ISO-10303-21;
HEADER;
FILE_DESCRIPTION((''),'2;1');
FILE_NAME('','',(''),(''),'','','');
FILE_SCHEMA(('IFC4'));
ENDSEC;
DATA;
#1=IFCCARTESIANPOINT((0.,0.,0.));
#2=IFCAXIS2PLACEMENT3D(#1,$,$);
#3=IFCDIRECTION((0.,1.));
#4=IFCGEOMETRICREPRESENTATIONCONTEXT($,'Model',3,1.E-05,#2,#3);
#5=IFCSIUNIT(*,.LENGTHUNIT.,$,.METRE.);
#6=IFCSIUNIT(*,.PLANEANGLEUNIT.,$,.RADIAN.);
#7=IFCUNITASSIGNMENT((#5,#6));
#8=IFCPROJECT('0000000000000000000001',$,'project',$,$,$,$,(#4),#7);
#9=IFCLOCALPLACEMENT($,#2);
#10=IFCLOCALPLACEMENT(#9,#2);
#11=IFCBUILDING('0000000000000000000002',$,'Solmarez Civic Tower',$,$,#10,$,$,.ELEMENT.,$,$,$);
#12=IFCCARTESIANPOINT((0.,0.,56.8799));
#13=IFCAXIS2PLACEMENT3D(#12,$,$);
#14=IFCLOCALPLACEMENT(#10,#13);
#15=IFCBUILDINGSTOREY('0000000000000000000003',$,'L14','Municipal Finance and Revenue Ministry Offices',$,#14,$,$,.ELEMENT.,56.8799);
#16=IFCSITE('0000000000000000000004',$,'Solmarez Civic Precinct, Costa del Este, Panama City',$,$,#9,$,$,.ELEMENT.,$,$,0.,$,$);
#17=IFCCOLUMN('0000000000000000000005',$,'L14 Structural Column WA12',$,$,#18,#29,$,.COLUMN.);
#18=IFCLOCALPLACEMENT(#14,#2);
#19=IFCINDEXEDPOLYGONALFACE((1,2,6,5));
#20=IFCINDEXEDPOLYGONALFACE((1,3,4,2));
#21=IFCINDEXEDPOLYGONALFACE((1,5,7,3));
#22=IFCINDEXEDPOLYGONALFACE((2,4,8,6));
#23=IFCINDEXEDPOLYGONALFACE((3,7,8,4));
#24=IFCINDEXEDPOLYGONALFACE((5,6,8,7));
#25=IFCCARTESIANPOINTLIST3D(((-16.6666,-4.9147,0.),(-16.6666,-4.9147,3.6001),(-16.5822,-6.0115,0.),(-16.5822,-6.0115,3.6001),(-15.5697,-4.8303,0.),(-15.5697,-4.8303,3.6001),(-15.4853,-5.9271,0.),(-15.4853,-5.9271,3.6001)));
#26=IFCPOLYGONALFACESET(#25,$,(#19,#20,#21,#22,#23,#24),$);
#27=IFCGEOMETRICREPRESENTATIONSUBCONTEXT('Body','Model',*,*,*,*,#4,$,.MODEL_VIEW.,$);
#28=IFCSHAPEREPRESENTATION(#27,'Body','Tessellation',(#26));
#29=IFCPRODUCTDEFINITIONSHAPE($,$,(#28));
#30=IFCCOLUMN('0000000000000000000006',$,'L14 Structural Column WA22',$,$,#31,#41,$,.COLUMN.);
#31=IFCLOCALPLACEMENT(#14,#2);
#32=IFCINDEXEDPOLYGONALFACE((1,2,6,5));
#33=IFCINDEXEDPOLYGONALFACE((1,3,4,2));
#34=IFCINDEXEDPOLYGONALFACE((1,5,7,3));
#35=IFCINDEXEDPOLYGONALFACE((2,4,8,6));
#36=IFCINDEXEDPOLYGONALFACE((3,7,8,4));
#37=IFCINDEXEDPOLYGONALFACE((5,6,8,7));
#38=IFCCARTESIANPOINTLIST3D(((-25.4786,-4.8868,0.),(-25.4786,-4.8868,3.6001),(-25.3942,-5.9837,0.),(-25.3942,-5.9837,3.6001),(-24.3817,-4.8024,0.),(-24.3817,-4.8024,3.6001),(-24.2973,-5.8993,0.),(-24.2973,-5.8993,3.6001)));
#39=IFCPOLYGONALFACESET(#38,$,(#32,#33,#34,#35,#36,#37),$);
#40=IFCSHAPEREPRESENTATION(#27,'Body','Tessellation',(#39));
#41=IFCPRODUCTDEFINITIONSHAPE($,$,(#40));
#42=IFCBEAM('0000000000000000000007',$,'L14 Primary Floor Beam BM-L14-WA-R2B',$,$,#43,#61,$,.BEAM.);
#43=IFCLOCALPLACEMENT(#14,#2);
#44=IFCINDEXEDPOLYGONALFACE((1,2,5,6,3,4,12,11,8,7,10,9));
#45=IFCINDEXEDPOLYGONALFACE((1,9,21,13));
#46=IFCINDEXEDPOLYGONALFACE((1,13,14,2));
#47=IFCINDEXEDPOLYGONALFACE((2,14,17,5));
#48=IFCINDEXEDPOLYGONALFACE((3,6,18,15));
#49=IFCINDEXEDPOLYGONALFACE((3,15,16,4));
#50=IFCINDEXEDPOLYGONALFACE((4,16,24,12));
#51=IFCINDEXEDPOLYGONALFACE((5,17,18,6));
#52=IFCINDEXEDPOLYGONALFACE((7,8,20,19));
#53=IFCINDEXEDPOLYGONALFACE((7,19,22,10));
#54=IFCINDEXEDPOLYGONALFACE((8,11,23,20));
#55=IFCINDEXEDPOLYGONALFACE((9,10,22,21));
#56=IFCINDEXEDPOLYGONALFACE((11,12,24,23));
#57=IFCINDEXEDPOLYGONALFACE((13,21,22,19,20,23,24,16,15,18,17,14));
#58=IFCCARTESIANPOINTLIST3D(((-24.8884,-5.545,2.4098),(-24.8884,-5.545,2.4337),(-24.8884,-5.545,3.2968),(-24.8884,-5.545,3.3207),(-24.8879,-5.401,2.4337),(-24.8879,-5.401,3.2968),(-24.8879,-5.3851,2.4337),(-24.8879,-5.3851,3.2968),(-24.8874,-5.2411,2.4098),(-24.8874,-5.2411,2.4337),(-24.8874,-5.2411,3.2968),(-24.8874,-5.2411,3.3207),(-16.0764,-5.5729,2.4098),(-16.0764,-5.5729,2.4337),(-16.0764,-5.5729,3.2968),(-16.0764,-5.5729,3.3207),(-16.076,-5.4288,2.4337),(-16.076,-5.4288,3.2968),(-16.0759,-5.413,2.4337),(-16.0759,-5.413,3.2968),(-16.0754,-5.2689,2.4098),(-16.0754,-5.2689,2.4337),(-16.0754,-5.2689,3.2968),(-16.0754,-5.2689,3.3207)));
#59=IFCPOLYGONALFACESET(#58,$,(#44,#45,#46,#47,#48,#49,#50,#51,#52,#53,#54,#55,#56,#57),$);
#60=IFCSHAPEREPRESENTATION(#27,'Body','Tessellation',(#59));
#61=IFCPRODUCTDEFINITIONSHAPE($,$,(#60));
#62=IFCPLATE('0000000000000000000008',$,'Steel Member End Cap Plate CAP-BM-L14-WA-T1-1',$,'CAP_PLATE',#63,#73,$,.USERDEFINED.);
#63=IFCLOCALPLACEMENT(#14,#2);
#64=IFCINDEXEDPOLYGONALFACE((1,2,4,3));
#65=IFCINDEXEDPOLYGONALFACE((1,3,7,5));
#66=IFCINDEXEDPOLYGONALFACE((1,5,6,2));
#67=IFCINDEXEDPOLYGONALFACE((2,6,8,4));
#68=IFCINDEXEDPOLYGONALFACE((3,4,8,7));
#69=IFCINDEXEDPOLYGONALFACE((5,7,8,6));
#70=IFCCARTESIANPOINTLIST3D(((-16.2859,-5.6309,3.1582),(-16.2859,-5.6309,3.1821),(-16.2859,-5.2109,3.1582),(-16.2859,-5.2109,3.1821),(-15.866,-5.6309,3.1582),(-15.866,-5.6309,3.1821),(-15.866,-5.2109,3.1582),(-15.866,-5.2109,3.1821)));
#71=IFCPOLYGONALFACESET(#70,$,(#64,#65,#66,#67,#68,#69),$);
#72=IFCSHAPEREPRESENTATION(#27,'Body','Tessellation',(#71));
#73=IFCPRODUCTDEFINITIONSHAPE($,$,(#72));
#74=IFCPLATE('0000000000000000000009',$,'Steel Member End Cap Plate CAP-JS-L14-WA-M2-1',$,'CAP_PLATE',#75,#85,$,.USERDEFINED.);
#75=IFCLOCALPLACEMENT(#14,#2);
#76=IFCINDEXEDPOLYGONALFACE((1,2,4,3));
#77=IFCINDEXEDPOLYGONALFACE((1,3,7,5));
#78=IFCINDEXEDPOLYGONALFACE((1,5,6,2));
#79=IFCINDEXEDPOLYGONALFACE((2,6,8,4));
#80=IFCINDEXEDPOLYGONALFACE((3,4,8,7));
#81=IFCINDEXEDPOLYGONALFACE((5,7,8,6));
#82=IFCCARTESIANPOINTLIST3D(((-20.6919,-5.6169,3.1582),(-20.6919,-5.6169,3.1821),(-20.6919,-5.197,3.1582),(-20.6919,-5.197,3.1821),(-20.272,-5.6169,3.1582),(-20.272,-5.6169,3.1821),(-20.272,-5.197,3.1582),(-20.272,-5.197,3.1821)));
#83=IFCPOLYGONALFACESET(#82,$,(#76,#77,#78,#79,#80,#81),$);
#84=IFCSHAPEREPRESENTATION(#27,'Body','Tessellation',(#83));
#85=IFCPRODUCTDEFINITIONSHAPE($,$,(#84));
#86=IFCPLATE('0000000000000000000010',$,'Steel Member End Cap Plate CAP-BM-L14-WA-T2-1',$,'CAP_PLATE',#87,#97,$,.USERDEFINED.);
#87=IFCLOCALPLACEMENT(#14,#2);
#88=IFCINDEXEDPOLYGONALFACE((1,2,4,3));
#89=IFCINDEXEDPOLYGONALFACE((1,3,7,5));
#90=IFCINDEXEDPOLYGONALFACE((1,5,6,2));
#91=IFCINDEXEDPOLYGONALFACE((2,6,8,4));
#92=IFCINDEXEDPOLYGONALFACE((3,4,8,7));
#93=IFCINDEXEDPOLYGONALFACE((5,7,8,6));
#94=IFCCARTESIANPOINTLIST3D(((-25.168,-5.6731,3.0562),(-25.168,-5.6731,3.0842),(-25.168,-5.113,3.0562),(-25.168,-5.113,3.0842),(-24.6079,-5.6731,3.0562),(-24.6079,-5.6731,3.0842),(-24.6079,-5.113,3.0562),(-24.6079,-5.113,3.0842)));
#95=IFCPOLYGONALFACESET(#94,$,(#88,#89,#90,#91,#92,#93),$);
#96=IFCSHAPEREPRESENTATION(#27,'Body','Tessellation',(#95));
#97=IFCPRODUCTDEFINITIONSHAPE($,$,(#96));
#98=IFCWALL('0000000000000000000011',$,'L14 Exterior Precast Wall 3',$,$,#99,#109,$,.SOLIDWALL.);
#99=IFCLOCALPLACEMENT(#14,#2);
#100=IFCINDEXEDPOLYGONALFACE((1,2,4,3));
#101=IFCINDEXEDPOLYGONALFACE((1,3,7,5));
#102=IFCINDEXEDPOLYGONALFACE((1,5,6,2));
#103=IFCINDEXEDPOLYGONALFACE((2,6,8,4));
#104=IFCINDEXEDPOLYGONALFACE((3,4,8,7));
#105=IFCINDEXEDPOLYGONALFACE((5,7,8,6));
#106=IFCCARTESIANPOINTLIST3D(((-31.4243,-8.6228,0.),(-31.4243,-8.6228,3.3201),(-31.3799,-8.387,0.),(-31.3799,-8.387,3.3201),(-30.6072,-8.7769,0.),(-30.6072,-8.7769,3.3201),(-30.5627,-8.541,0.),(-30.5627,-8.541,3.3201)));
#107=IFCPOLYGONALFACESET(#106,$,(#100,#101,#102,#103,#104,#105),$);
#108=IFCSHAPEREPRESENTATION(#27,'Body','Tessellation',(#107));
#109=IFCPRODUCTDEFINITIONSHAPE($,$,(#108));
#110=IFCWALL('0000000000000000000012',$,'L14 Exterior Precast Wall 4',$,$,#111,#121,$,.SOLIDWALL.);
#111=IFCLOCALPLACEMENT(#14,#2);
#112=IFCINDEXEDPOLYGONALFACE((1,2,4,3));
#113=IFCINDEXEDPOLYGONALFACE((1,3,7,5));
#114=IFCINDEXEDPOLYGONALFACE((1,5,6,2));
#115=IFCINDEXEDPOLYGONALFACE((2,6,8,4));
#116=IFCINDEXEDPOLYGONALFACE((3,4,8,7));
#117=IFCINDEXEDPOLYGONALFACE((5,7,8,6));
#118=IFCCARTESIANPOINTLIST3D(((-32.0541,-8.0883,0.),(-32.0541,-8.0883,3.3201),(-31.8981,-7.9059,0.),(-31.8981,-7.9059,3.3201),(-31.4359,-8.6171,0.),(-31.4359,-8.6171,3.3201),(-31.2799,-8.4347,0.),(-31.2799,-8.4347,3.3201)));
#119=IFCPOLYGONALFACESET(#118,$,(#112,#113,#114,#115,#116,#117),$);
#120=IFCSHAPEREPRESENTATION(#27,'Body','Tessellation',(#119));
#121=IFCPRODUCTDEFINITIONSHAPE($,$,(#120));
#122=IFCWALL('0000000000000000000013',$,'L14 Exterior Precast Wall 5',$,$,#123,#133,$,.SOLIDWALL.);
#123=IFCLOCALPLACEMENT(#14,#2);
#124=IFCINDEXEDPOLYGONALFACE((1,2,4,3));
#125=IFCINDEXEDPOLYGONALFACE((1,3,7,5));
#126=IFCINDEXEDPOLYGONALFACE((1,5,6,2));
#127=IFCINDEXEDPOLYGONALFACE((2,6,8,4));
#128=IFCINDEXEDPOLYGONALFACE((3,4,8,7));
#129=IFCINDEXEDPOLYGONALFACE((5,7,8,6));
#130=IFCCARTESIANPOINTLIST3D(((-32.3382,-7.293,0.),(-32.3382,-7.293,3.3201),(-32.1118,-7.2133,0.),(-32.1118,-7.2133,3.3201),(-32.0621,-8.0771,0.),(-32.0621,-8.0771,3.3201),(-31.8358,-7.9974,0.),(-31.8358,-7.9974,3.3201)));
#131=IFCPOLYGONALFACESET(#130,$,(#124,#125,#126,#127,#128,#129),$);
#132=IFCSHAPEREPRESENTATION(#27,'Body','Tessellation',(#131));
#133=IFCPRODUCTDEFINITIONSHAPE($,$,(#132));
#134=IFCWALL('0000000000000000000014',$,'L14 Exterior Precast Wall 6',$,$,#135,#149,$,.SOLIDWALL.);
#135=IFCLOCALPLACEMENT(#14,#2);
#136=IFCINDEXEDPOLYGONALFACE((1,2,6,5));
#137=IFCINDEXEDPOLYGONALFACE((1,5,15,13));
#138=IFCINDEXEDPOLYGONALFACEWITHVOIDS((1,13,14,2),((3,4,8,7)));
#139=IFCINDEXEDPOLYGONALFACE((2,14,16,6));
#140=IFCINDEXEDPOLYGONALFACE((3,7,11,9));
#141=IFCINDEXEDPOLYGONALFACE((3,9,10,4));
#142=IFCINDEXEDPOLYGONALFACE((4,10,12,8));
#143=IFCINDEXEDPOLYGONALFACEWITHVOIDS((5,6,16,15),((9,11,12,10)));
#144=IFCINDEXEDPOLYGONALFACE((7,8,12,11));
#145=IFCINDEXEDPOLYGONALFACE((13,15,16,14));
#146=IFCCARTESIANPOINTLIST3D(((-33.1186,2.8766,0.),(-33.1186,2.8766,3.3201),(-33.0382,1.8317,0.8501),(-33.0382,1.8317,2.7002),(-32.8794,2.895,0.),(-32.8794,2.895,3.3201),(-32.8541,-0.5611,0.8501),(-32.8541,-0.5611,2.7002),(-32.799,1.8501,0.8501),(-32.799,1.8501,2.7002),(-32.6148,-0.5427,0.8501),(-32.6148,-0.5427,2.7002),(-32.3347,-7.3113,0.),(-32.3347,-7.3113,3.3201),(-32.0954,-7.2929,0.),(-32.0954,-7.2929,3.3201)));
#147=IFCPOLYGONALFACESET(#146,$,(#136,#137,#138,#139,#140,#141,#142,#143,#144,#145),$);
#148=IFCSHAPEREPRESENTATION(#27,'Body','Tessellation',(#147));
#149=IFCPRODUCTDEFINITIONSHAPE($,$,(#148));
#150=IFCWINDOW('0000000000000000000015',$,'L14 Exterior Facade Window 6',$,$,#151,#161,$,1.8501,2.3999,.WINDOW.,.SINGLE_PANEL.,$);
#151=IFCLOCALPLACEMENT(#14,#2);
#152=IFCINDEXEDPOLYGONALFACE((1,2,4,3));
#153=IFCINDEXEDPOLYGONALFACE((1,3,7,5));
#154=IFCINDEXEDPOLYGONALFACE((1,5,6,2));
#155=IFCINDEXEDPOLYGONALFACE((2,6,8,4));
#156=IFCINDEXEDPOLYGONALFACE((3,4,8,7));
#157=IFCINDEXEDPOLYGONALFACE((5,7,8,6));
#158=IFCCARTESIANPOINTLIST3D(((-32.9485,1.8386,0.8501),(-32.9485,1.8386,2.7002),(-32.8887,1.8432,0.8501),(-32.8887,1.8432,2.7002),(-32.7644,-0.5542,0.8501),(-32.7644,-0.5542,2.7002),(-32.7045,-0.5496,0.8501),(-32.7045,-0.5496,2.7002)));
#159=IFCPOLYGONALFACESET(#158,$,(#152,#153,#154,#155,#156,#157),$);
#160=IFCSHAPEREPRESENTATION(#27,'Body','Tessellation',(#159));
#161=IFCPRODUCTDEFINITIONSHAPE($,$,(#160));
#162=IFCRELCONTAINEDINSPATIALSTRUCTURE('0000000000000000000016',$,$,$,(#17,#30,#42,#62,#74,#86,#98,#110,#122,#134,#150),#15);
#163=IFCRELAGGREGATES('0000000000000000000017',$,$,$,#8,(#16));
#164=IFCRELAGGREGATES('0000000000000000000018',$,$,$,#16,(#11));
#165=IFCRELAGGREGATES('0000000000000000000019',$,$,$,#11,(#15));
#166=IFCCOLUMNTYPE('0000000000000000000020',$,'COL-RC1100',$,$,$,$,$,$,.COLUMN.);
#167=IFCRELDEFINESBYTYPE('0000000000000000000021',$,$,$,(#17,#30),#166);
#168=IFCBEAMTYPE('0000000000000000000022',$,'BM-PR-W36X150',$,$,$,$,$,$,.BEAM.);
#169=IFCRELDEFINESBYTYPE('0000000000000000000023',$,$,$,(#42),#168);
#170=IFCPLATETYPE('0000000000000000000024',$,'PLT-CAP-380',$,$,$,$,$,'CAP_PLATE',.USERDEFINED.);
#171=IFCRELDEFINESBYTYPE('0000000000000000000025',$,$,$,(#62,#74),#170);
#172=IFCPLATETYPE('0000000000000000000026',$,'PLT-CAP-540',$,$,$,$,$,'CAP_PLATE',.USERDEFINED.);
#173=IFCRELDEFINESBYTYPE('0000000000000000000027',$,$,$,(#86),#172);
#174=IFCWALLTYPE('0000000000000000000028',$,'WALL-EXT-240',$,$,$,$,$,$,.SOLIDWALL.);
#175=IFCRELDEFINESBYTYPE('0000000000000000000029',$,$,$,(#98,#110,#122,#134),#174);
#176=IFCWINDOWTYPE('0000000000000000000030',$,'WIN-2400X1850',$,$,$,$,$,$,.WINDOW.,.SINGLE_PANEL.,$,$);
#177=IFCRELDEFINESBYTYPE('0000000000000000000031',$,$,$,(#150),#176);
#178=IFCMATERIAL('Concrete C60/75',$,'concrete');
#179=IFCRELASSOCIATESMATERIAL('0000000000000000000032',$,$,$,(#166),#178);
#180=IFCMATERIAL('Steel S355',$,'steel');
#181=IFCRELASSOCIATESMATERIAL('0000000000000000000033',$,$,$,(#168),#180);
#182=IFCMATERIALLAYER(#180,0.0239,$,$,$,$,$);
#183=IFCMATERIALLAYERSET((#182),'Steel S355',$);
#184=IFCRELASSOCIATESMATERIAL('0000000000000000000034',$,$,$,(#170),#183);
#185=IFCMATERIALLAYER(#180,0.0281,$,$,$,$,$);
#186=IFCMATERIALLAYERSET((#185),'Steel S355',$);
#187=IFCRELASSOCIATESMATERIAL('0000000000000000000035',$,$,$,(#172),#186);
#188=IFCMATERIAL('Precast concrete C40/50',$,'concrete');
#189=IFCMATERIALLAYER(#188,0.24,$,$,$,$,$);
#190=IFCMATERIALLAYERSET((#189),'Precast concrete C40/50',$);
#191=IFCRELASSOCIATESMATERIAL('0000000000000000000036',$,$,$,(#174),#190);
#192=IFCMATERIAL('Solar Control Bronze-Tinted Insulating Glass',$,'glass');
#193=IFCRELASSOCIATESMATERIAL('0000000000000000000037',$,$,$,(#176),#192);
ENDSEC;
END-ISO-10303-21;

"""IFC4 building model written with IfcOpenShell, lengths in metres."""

from ifc_helpers import new_model, si_unit, direction, frame, frame_2d, origin, origin_2d, place, context, subcontext, project, spatial, rectangle, i_section, extrude, material, layer, layer_set, material_profile, profile_set, type_object, element, fill, save


model = new_model("IFC4")

# Units and contexts
model_context = context("Model", 3, precision=1e-05, world=origin(), true_north=direction((0.0, 1.0)))
body_context = subcontext(model_context, "Body", "Model", "MODEL_VIEW")
ifc_project = project(units=[si_unit("LENGTHUNIT", "METRE"), si_unit("PLANEANGLEUNIT", "RADIAN")], contexts=[model_context])

# Site, building, storey
site_placement = place(None, origin())
site = spatial("IfcSite", under=ifc_project, at=site_placement, Name="Solmarez Civic Precinct, Costa del Este, Panama City", CompositionType="ELEMENT", RefElevation=0.0)
building_placement = place(site_placement, origin())
building = spatial("IfcBuilding", under=site, at=building_placement, Name="Solmarez Civic Tower", CompositionType="ELEMENT")
storey_placement = place(building_placement, frame((0.0, 0.0, 56.8799)))
storey = spatial("IfcBuildingStorey", under=building, at=storey_placement, Name="L14", Description="Municipal Finance and Revenue Ministry Offices", CompositionType="ELEMENT", Elevation=56.8799)

# Columns
ifc_material_1 = material(Name="Concrete C60/75", Category="concrete")
ifc_material_profile_1 = material_profile(ifc_material_1, rectangle(XDim=1.1001, YDim=1.1001, at=origin_2d()), Name="RC1100X1100")
ifc_profile_set_1 = profile_set([ifc_material_profile_1], Name="Concrete C60/75")
column_type = type_object("IfcColumnType", Name="COL-RC1100", PredefinedType="COLUMN", material=ifc_profile_set_1)
for number, where, z_axis, x_axis, name in (
    (1, (-16.0759, -5.4209, 0.0), (0.0, 0.0, 1.0), (0.997053, 0.076719, 0.0), "L14 Structural Column WA12"),
    (2, (-24.8879, -5.3931, 0.0), (0.0, 0.0, 1.0), (0.997053, 0.076719, 0.0), "L14 Structural Column WA22"),
):
    element("IfcColumn", number, at=place(storey_placement, frame(where, z_axis=z_axis, x_axis=x_axis)), inside=storey, type_object=column_type, Name=name, PredefinedType="COLUMN", context=body_context, shape_type="SweptSolid", body=[
        extrude(rectangle(XDim=1.1001, YDim=1.1001, at=origin_2d()), origin(), (0.0, 0.0, 1.0), 3.6001),
    ])

# Beam
ifc_material_2 = material(Name="Steel S355", Category="steel")
ifc_material_profile_2 = material_profile(ifc_material_2, i_section(OverallWidth=0.304, OverallDepth=0.9109, WebThickness=0.0159, FlangeThickness=0.0239, at=origin_2d()), Name="W36X150")
ifc_profile_set_2 = profile_set([ifc_material_profile_2], Name="Steel S355")
beam_type = type_object("IfcBeamType", Name="BM-PR-W36X150", PredefinedType="BEAM", material=ifc_profile_set_2)
beam_placement = place(storey_placement, frame((-16.0759, -5.4209, 2.8652), z_axis=(-0.999995, 0.003158, 0.0), x_axis=(-0.003158, -0.999995, 0.0)))
element("IfcBeam", 3, at=beam_placement, inside=storey, type_object=beam_type, Name="L14 Primary Floor Beam BM-L14-WA-R2B", PredefinedType="BEAM", context=body_context, shape_type="SweptSolid", body=[
    extrude(i_section(OverallWidth=0.304, OverallDepth=0.9109, WebThickness=0.0159, FlangeThickness=0.0239, at=origin_2d()), origin(), (0.0, 0.0, 1.0), 8.812),
])

# Plates
ifc_layer_1 = layer(ifc_material_2, 0.0239)
ifc_layer_set_1 = layer_set([ifc_layer_1], Name="Steel S355")
plate_type_1 = type_object("IfcPlateType", Name="PLT-CAP-380", ElementType="CAP_PLATE", PredefinedType="USERDEFINED", material=ifc_layer_set_1)
for number, where, z_axis, x_axis, name in (
    (4, (-16.0759, -5.4209, 3.1582), (0.0, 0.0, 1.0), (1.0, 0.0, 0.0), "Steel Member End Cap Plate CAP-BM-L14-WA-T1-1"),
    (5, (-20.4819, -5.407, 3.1582), (0.0, 0.0, 1.0), (1.0, 0.0, 0.0), "Steel Member End Cap Plate CAP-JS-L14-WA-M2-1"),
):
    element("IfcPlate", number, at=place(storey_placement, frame(where, z_axis=z_axis, x_axis=x_axis)), inside=storey, type_object=plate_type_1, Name=name, ObjectType="CAP_PLATE", PredefinedType="USERDEFINED", context=body_context, shape_type="SweptSolid", body=[
        extrude(rectangle(XDim=0.4199, YDim=0.4199, at=origin_2d()), origin(), (0.0, 0.0, 1.0), 0.0239),
    ])
ifc_layer_2 = layer(ifc_material_2, 0.0281)
ifc_layer_set_2 = layer_set([ifc_layer_2], Name="Steel S355")
plate_type_2 = type_object("IfcPlateType", Name="PLT-CAP-540", ElementType="CAP_PLATE", PredefinedType="USERDEFINED", material=ifc_layer_set_2)
plate_placement = place(storey_placement, frame((-24.8879, -5.3931, 3.0562), z_axis=(0.0, 0.0, 1.0), x_axis=(1.0, 0.0, 0.0)))
element("IfcPlate", 6, at=plate_placement, inside=storey, type_object=plate_type_2, Name="Steel Member End Cap Plate CAP-BM-L14-WA-T2-1", ObjectType="CAP_PLATE", PredefinedType="USERDEFINED", context=body_context, shape_type="SweptSolid", body=[
    extrude(rectangle(XDim=0.5601, YDim=0.5601, at=origin_2d()), origin(), (0.0, 0.0, 1.0), 0.0281),
])

# Walls
ifc_material_3 = material(Name="Precast concrete C40/50", Category="concrete")
ifc_layer_3 = layer(ifc_material_3, 0.24)
ifc_layer_set_3 = layer_set([ifc_layer_3], Name="Precast concrete C40/50")
wall_type_1 = type_object("IfcWallType", Name="WALL-EXT-240", PredefinedType="SOLIDWALL", material=ifc_layer_set_3)
wall_1_placement = place(storey_placement, frame((-30.585, -8.6589, 0.0), z_axis=(0.0, 0.0, 1.0), x_axis=(-0.982689, 0.185263, 0.0)))
element("IfcWall", 7, at=wall_1_placement, inside=storey, type_object=wall_type_1, Name="L14 Exterior Precast Wall 3", PredefinedType="SOLIDWALL", context=body_context, shape_type="SweptSolid", body=[
    extrude(rectangle(XDim=0.8315, YDim=0.24, at=frame_2d((0.4158, 0.0))), origin(), (0.0, 0.0, 1.0), 3.3201),
])
wall_2_placement = place(storey_placement, frame((-31.3579, -8.5259, 0.0), z_axis=(0.0, 0.0, 1.0), x_axis=(-0.759892, 0.65005, 0.0)))
element("IfcWall", 8, at=wall_2_placement, inside=storey, type_object=wall_type_1, Name="L14 Exterior Precast Wall 4", PredefinedType="SOLIDWALL", context=body_context, shape_type="SweptSolid", body=[
    extrude(rectangle(XDim=0.8135, YDim=0.24, at=frame_2d((0.4067, 0.0))), origin(), (0.0, 0.0, 1.0), 3.3201),
])
wall_3_placement = place(storey_placement, frame((-31.949, -8.0371, 0.0), z_axis=(0.0, 0.0, 1.0), x_axis=(-0.332129, 0.943234, 0.0)))
element("IfcWall", 9, at=wall_3_placement, inside=storey, type_object=wall_type_1, Name="L14 Exterior Precast Wall 5", PredefinedType="SOLIDWALL", context=body_context, shape_type="SweptSolid", body=[
    extrude(rectangle(XDim=0.8313, YDim=0.24, at=frame_2d((0.4155, 0.0))), origin(), (0.0, 0.0, 1.0), 3.3201),
])

# Wall, opening, window
wall_4_placement = place(storey_placement, frame((-32.2151, -7.302, 0.0), z_axis=(0.0, 0.0, 1.0), x_axis=(-0.07672, 0.997053, 0.0)))
wall_4 = element("IfcWall", 10, at=wall_4_placement, inside=storey, type_object=wall_type_1, Name="L14 Exterior Precast Wall 6", PredefinedType="SOLIDWALL", context=body_context, shape_type="SweptSolid", body=[
    extrude(rectangle(XDim=10.218, YDim=0.24, at=frame_2d((5.1089, 0.0))), origin(), (0.0, 0.0, 1.0), 3.3201),
])
opening_1_placement = place(wall_4_placement, frame((6.77, 0.0, 0.8501)))
opening_1 = element("IfcOpeningElement", 11, at=opening_1_placement, cuts=wall_4, PredefinedType="OPENING", context=body_context, shape_type="SweptSolid", body=[
    extrude(rectangle(XDim=2.3999, YDim=1.8501, at=frame_2d((1.2, 0.925))), frame((0.0, 0.1299, 0.0), z_axis=(0.0, -1.0, 0.0), x_axis=(1.0, 0.0, 0.0)), (0.0, 0.0, 1.0), 0.26),
])
ifc_material_4 = material(Name="Solar Control Bronze-Tinted Insulating Glass", Category="glass")
window_type = type_object("IfcWindowType", Name="WIN-2400X1850", PartitioningType="SINGLE_PANEL", PredefinedType="WINDOW", material=ifc_material_4)
window_placement = place(opening_1_placement, origin())
window = element("IfcWindow", 12, at=window_placement, inside=storey, type_object=window_type, Name="L14 Exterior Facade Window 6", OverallHeight=1.8501, OverallWidth=2.3999, PartitioningType="SINGLE_PANEL", PredefinedType="WINDOW", context=body_context, shape_type="SweptSolid", body=[
    extrude(rectangle(XDim=2.3999, YDim=1.8501, at=frame_2d((1.2, 0.925))), frame((0.0, 0.03, 0.0), z_axis=(0.0, -1.0, 0.0), x_axis=(1.0, 0.0, 0.0)), (0.0, 0.0, 1.0), 0.0601),
])
fill(opening_1, window)

save(model, "model.ifc")
